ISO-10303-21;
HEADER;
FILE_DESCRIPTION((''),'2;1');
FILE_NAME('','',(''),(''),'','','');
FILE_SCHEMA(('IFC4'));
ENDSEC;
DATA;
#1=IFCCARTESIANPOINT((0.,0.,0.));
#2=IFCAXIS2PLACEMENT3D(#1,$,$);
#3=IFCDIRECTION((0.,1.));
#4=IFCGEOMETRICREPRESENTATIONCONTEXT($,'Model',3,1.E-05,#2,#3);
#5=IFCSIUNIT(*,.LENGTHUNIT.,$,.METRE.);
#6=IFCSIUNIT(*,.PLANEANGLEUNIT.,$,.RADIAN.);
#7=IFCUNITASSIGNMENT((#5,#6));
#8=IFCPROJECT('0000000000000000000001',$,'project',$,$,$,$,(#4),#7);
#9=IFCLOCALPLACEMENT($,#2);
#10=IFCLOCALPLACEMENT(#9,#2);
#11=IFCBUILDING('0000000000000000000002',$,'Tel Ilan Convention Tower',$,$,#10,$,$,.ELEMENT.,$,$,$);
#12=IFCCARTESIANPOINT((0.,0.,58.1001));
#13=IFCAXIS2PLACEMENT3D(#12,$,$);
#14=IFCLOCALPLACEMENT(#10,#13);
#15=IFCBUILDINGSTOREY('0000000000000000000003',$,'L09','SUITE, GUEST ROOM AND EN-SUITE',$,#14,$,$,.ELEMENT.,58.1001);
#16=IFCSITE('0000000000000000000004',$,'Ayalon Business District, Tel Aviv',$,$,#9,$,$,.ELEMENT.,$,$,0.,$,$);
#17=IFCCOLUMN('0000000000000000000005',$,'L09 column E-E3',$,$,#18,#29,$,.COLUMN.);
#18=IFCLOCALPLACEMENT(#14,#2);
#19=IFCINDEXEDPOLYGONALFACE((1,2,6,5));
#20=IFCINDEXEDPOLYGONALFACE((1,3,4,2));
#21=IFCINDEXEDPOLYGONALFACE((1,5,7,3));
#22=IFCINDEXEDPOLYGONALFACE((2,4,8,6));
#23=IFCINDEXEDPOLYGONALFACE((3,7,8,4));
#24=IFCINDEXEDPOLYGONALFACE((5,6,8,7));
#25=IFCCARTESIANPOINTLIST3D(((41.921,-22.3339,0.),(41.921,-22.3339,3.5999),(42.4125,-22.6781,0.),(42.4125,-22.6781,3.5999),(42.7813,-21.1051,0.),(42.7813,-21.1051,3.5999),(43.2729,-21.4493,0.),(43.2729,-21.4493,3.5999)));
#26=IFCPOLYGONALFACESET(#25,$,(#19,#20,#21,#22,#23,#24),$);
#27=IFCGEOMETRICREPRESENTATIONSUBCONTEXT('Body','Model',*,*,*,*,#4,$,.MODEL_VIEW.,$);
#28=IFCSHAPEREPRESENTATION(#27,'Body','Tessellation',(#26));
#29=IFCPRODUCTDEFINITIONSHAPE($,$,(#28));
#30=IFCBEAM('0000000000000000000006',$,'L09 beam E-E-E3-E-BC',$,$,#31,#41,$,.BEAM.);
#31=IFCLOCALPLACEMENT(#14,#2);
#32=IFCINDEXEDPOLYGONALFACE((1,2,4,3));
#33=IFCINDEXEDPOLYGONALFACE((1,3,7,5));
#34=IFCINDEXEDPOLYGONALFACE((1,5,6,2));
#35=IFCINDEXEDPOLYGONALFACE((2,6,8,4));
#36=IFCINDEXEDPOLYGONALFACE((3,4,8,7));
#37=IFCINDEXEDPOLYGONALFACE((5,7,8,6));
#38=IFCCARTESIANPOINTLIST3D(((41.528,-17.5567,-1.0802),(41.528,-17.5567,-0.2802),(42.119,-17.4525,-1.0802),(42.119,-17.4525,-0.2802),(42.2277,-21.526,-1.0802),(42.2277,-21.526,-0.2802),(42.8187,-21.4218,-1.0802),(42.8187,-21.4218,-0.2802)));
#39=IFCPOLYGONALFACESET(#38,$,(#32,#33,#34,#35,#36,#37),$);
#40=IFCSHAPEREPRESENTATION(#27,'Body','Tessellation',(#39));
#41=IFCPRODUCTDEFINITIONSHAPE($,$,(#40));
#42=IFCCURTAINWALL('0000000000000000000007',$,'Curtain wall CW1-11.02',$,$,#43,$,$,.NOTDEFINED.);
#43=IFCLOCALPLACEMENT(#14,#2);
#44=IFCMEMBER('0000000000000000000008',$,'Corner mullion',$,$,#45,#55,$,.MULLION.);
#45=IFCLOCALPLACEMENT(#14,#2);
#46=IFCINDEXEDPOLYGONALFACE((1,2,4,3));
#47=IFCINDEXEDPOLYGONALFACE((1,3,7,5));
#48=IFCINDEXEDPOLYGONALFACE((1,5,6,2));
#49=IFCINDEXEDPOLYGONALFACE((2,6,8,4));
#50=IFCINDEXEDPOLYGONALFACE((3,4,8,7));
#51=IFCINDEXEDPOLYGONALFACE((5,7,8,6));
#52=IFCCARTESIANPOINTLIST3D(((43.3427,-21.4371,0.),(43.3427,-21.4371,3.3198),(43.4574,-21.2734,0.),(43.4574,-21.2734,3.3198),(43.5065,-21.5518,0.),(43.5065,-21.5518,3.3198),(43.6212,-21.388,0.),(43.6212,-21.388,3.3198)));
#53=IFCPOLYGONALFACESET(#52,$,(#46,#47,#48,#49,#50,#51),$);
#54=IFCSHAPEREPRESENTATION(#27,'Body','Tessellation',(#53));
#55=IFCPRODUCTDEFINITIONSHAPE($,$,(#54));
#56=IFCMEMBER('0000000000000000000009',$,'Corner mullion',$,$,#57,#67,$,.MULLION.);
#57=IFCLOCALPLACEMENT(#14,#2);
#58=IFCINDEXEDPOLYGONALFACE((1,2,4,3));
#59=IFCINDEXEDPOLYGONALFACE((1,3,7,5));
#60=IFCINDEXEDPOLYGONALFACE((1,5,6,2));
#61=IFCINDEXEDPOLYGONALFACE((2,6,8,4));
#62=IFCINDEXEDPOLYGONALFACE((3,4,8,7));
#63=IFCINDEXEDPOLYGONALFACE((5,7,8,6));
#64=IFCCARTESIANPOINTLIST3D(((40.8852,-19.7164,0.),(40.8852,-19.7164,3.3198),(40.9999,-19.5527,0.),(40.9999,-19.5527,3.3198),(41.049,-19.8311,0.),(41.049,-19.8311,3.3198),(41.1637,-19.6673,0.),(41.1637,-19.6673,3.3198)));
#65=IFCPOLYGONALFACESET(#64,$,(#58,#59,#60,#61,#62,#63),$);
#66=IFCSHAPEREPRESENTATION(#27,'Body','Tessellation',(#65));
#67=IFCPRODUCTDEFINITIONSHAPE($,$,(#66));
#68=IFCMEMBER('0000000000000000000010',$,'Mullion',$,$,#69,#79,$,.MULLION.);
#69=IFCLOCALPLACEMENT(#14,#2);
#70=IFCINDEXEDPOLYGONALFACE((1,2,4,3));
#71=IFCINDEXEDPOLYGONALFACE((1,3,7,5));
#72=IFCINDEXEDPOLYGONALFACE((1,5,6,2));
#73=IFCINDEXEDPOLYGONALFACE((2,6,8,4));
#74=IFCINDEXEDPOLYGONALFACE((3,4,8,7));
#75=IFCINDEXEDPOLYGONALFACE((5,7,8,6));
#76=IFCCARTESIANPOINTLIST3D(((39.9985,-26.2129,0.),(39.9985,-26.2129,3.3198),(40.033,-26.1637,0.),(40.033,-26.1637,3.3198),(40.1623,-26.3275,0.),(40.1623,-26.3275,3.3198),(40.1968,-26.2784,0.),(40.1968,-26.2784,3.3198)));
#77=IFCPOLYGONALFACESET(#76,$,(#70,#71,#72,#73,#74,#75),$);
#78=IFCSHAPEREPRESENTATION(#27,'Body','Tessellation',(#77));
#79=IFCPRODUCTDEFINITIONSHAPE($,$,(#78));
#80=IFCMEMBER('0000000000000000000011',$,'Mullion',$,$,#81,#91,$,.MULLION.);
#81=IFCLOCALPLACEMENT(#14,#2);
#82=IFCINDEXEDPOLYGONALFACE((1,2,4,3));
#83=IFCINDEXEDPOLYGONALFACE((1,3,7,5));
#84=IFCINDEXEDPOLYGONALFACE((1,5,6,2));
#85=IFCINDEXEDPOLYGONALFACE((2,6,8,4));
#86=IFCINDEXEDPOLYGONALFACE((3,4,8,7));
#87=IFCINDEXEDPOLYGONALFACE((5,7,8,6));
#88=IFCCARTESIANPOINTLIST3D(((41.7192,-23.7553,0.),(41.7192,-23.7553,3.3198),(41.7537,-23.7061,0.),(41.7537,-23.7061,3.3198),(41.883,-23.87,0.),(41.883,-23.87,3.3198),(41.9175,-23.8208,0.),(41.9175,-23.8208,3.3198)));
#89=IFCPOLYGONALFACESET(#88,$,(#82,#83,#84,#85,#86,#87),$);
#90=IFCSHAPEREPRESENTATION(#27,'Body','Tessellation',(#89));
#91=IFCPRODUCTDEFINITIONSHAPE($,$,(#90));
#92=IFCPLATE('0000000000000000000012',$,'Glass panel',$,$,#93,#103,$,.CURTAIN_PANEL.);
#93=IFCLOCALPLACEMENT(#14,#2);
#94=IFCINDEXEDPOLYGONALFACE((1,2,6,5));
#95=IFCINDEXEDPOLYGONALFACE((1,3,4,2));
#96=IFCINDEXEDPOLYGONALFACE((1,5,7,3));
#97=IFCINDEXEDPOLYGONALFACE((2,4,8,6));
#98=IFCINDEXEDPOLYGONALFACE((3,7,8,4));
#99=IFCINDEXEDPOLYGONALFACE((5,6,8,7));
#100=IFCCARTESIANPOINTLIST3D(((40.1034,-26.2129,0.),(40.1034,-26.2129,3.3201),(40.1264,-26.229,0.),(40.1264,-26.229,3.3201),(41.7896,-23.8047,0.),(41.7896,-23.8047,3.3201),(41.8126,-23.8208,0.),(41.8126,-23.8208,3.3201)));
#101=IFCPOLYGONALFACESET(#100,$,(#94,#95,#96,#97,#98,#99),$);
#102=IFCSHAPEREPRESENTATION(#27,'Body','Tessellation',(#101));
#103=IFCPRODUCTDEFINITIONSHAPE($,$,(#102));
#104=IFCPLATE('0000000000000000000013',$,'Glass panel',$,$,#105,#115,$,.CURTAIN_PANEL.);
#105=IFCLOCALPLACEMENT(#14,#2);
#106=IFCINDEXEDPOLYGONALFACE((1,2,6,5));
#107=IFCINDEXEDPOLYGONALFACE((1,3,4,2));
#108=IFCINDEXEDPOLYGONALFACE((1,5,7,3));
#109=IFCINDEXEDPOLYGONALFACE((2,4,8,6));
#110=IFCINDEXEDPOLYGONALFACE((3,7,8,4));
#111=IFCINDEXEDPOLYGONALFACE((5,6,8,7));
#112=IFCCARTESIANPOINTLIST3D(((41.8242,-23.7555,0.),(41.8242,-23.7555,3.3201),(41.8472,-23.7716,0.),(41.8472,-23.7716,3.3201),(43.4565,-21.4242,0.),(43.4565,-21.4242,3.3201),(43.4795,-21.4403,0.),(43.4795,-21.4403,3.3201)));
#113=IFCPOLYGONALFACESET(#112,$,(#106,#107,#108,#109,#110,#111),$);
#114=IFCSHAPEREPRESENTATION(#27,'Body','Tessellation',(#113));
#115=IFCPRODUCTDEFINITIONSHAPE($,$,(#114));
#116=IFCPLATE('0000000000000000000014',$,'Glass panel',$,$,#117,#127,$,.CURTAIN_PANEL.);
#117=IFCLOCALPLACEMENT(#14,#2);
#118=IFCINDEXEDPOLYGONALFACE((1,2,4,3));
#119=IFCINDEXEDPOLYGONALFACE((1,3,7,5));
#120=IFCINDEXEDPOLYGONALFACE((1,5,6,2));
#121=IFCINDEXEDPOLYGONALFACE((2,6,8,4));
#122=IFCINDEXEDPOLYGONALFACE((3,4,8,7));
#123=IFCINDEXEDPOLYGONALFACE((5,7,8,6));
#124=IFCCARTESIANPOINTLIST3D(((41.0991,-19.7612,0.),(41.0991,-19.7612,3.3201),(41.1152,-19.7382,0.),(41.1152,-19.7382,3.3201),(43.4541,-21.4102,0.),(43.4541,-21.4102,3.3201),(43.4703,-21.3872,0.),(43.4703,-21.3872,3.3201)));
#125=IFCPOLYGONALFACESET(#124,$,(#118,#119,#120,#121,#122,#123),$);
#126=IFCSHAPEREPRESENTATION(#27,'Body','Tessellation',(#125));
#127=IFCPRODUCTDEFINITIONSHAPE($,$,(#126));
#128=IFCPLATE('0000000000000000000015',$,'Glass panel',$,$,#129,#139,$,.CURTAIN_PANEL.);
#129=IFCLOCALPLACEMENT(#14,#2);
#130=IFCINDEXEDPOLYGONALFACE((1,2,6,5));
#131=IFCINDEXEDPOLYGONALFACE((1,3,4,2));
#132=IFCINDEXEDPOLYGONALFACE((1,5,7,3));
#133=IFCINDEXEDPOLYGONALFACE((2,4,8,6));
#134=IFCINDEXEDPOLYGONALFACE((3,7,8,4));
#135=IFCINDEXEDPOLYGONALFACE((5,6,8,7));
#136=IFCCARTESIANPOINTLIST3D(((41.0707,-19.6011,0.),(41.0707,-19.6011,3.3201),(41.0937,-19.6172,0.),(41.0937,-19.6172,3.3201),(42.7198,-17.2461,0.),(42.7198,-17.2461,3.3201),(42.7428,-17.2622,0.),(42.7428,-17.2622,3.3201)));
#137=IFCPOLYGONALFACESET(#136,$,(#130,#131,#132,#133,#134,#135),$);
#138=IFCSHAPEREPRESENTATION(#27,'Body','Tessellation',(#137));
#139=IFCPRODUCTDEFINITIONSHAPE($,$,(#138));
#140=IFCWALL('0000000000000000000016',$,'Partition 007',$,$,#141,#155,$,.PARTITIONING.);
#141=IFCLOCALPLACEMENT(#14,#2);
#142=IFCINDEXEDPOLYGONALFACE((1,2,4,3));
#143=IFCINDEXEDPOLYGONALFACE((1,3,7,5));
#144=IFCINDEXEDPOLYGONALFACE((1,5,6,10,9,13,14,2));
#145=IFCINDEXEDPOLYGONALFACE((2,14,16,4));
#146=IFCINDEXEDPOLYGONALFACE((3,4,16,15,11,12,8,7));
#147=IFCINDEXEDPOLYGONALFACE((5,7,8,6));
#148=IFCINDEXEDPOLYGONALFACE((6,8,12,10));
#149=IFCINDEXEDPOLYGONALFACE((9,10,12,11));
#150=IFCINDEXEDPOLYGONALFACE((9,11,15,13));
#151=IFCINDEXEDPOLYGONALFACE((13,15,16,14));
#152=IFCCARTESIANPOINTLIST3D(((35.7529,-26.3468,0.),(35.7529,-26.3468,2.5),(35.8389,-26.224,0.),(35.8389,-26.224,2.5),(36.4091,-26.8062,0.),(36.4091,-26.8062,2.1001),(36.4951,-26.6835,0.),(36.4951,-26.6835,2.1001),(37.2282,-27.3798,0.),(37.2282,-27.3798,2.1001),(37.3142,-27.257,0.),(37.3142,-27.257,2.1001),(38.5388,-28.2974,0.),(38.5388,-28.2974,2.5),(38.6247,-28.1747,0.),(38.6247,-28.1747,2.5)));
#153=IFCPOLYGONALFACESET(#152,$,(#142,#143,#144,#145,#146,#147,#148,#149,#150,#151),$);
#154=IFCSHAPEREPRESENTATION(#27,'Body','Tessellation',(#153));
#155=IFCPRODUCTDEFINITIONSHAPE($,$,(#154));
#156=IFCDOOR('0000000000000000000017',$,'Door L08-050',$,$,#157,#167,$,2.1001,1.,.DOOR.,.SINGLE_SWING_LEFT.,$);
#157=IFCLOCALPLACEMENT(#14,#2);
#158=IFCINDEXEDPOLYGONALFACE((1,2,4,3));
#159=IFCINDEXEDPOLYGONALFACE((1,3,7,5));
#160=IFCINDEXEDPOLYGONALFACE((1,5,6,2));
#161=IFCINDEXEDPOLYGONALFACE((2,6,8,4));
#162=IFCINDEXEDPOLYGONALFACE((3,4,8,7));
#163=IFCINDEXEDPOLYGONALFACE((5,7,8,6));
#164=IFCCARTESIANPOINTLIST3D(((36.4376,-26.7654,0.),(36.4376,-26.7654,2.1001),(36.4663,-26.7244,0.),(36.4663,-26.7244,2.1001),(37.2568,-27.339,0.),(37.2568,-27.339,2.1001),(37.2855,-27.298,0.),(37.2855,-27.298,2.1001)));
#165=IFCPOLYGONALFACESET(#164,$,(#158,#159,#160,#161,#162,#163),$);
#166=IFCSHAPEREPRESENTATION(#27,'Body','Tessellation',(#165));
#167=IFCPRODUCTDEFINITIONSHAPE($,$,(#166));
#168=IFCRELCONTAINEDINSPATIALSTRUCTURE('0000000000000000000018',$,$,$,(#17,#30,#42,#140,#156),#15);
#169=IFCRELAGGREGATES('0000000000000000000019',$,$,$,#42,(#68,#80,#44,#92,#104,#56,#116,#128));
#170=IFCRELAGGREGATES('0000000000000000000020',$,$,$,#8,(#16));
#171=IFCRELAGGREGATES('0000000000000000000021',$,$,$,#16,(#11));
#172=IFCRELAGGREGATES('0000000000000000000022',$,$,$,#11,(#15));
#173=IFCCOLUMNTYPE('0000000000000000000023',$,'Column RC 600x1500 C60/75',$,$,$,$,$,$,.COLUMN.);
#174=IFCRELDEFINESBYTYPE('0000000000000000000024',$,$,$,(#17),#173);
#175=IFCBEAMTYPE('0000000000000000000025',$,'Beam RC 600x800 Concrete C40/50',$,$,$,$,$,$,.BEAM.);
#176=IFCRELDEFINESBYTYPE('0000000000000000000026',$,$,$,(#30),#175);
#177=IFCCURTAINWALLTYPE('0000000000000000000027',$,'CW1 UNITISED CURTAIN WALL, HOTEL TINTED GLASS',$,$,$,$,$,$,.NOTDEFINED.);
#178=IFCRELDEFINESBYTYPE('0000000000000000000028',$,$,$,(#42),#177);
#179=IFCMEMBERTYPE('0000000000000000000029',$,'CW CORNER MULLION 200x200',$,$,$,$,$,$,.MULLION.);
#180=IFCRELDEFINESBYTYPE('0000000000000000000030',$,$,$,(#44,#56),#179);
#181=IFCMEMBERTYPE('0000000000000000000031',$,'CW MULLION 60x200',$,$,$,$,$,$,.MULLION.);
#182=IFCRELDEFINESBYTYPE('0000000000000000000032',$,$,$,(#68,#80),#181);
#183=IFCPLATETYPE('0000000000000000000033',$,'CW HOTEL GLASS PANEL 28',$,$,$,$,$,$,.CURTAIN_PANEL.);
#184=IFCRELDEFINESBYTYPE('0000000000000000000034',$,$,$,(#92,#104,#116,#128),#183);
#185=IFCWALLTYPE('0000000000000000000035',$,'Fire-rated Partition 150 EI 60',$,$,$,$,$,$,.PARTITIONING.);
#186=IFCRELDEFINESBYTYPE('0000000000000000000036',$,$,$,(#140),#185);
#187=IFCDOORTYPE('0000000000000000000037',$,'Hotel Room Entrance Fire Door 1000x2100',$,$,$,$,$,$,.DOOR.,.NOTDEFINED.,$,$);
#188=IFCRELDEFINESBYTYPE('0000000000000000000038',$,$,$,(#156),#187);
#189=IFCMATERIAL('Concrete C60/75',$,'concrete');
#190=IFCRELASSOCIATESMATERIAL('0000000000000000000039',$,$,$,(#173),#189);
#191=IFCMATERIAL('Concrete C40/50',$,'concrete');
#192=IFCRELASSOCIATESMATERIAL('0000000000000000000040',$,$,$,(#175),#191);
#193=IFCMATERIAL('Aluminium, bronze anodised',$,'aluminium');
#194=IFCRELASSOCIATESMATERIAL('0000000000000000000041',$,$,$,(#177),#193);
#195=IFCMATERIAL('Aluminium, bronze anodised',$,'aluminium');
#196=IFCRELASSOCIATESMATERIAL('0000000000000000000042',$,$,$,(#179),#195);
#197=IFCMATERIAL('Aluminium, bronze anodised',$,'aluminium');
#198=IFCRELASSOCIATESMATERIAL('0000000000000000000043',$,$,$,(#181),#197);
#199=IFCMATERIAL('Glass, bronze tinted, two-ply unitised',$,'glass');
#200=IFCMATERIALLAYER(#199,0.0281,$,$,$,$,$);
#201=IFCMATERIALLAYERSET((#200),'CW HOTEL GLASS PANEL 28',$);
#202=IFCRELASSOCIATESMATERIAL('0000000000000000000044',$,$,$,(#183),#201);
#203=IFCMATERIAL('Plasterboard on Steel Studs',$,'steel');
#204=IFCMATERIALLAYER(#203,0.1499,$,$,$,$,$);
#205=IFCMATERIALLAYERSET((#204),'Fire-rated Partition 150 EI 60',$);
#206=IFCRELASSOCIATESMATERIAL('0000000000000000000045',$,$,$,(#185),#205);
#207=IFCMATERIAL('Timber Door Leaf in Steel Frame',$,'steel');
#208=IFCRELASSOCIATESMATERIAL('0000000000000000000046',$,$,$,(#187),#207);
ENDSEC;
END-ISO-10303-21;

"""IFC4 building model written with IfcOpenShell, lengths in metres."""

from ifc_helpers import new_model, si_unit, direction, frame, frame_2d, origin, origin_2d, place, context, subcontext, project, spatial, rectangle, extrude, material, layer, layer_set, material_profile, profile_set, type_object, element, fill, aggregate, save


model = new_model("IFC4")

# Units and contexts
model_context = context("Model", 3, precision=1e-05, world=origin(), true_north=direction((0.0, 1.0)))
body_context = subcontext(model_context, "Body", "Model", "MODEL_VIEW")
ifc_project = project(units=[si_unit("LENGTHUNIT", "METRE"), si_unit("PLANEANGLEUNIT", "RADIAN")], contexts=[model_context])

# Site, building, storey
site_placement = place(None, origin())
site = spatial("IfcSite", under=ifc_project, at=site_placement, Name="Ayalon Business District, Tel Aviv", CompositionType="ELEMENT", RefElevation=0.0)
building_placement = place(site_placement, origin())
building = spatial("IfcBuilding", under=site, at=building_placement, Name="Tel Ilan Convention Tower", CompositionType="ELEMENT")
storey_placement = place(building_placement, frame((0.0, 0.0, 58.1001)))
storey = spatial("IfcBuildingStorey", under=building, at=storey_placement, Name="L09", Description="SUITE, GUEST ROOM AND EN-SUITE", CompositionType="ELEMENT", Elevation=58.1001)

# Column
ifc_material_1 = material(Name="Concrete C60/75", Category="concrete")
ifc_material_profile_1 = material_profile(ifc_material_1, rectangle(XDim=1.5, YDim=0.6001, at=origin_2d()), Name="RC 600x1500")
ifc_profile_set_1 = profile_set([ifc_material_profile_1], Name="Concrete C60/75")
column_type = type_object("IfcColumnType", Name="Column RC 600x1500 C60/75", PredefinedType="COLUMN", material=ifc_profile_set_1)
column_placement = place(storey_placement, frame((42.5969, -21.8916, 0.0), z_axis=(0.0, 0.0, 1.0), x_axis=(0.573576, 0.819152, 0.0)))
element("IfcColumn", 1, at=column_placement, inside=storey, type_object=column_type, Name="L09 column E-E3", PredefinedType="COLUMN", context=body_context, shape_type="SweptSolid", body=[
    extrude(rectangle(XDim=1.5, YDim=0.6001, at=origin_2d()), origin(), (0.0, 0.0, 1.0), 3.5999),
])

# Beam
ifc_material_2 = material(Name="Concrete C40/50", Category="concrete")
ifc_material_profile_2 = material_profile(ifc_material_2, rectangle(XDim=0.6001, YDim=0.8, at=origin_2d()), Name="RC 600x800")
ifc_profile_set_2 = profile_set([ifc_material_profile_2], Name="Concrete C40/50")
beam_type = type_object("IfcBeamType", Name="Beam RC 600x800 Concrete C40/50", PredefinedType="BEAM", material=ifc_profile_set_2)
beam_placement = place(storey_placement, frame((42.5232, -21.4739, -0.6802), z_axis=(-0.173606, 0.984815, 0.0), x_axis=(-0.984815, -0.173606, 0.0)))
element("IfcBeam", 2, at=beam_placement, inside=storey, type_object=beam_type, Name="L09 beam E-E-E3-E-BC", PredefinedType="BEAM", context=body_context, shape_type="SweptSolid", body=[
    extrude(rectangle(XDim=0.6001, YDim=0.8, at=origin_2d()), origin(), (0.0, 0.0, 1.0), 4.0305),
])

# Curtain wall, members, plates
ifc_material_3 = material(Name="Aluminium, bronze anodised", Category="aluminium")
curtain_wall_type = type_object("IfcCurtainWallType", Name="CW1 UNITISED CURTAIN WALL, HOTEL TINTED GLASS", PredefinedType="NOTDEFINED", material=ifc_material_3)
curtain_wall_placement = place(storey_placement, origin())
curtain_wall = element("IfcCurtainWall", 3, at=curtain_wall_placement, inside=storey, type_object=curtain_wall_type, Name="Curtain wall CW1-11.02", PredefinedType="NOTDEFINED")
ifc_material_4 = material(Name="Aluminium, bronze anodised", Category="aluminium")
ifc_material_profile_3 = material_profile(ifc_material_4, rectangle(XDim=0.2, YDim=0.2, at=origin_2d()), Name="CW CORNER MULLION 200x200")
ifc_profile_set_3 = profile_set([ifc_material_profile_3], Name="Aluminium, bronze anodised")
member_type_1 = type_object("IfcMemberType", Name="CW CORNER MULLION 200x200", PredefinedType="MULLION", material=ifc_profile_set_3)
member_1_placement = place(storey_placement, frame((43.4819, -21.4126, 0.0), z_axis=(0.0, 0.0, 1.0), x_axis=(0.573576, 0.819152, 0.0)))
member_1 = element("IfcMember", 4, at=member_1_placement, type_object=member_type_1, Name="Corner mullion", PredefinedType="MULLION", context=body_context, shape_type="SweptSolid", body=[
    extrude(rectangle(XDim=0.2, YDim=0.2, at=origin_2d()), origin(), (0.0, 0.0, 1.0), 3.3198),
])
member_2_placement = place(storey_placement, frame((41.0244, -19.6919, 0.0), z_axis=(0.0, 0.0, 1.0), x_axis=(-0.819152, 0.573576, 0.0)))
member_2 = element("IfcMember", 5, at=member_2_placement, type_object=member_type_1, Name="Corner mullion", PredefinedType="MULLION", context=body_context, shape_type="SweptSolid", body=[
    extrude(rectangle(XDim=0.2, YDim=0.2, at=origin_2d()), origin(), (0.0, 0.0, 1.0), 3.3198),
])
ifc_material_5 = material(Name="Aluminium, bronze anodised", Category="aluminium")
ifc_material_profile_4 = material_profile(ifc_material_5, rectangle(XDim=0.0601, YDim=0.2, at=origin_2d()), Name="CW MULLION 60x200")
ifc_profile_set_4 = profile_set([ifc_material_profile_4], Name="Aluminium, bronze anodised")
member_type_2 = type_object("IfcMemberType", Name="CW MULLION 60x200", PredefinedType="MULLION", material=ifc_profile_set_4)
member_3_placement = place(storey_placement, frame((40.0977, -26.2456, 0.0), z_axis=(0.0, 0.0, 1.0), x_axis=(0.573576, 0.819152, 0.0)))
member_3 = element("IfcMember", 6, at=member_3_placement, type_object=member_type_2, Name="Mullion", PredefinedType="MULLION", context=body_context, shape_type="SweptSolid", body=[
    extrude(rectangle(XDim=0.0601, YDim=0.2, at=origin_2d()), origin(), (0.0, 0.0, 1.0), 3.3198),
])
member_4_placement = place(storey_placement, frame((41.8184, -23.7881, 0.0), z_axis=(0.0, 0.0, 1.0), x_axis=(0.573576, 0.819152, 0.0)))
member_4 = element("IfcMember", 7, at=member_4_placement, type_object=member_type_2, Name="Mullion", PredefinedType="MULLION", context=body_context, shape_type="SweptSolid", body=[
    extrude(rectangle(XDim=0.0601, YDim=0.2, at=origin_2d()), origin(), (0.0, 0.0, 1.0), 3.3198),
])
ifc_material_6 = material(Name="Glass, bronze tinted, two-ply unitised", Category="glass")
ifc_layer_1 = layer(ifc_material_6, 0.0281)
ifc_layer_set_1 = layer_set([ifc_layer_1], Name="CW HOTEL GLASS PANEL 28")
plate_type = type_object("IfcPlateType", Name="CW HOTEL GLASS PANEL 28", PredefinedType="CURTAIN_PANEL", material=ifc_layer_set_1)
plate_1_placement = place(storey_placement, frame((40.958, -25.0168, 0.0), z_axis=(0.0, 0.0, 1.0), x_axis=(0.573576, 0.819152, 0.0)))
plate_1 = element("IfcPlate", 8, at=plate_1_placement, type_object=plate_type, Name="Glass panel", PredefinedType="CURTAIN_PANEL", context=body_context, shape_type="SweptSolid", body=[
    extrude(rectangle(XDim=2.9399, YDim=0.0281, at=origin_2d()), origin(), (0.0, 0.0, 1.0), 3.3201),
])
plate_2_placement = place(storey_placement, frame((42.6519, -22.5979, 0.0), z_axis=(0.0, 0.0, 1.0), x_axis=(0.573576, 0.819152, 0.0)))
plate_2 = element("IfcPlate", 9, at=plate_2_placement, type_object=plate_type, Name="Glass panel", PredefinedType="CURTAIN_PANEL", context=body_context, shape_type="SweptSolid", body=[
    extrude(rectangle(XDim=2.8459, YDim=0.0281, at=origin_2d()), origin(), (0.0, 0.0, 1.0), 3.3201),
])
plate_3_placement = place(storey_placement, frame((42.2847, -20.5742, 0.0), z_axis=(0.0, 0.0, 1.0), x_axis=(-0.819152, 0.573576, 0.0)))
plate_3 = element("IfcPlate", 10, at=plate_3_placement, type_object=plate_type, Name="Glass panel", PredefinedType="CURTAIN_PANEL", context=body_context, shape_type="SweptSolid", body=[
    extrude(rectangle(XDim=2.875, YDim=0.0281, at=origin_2d()), origin(), (0.0, 0.0, 1.0), 3.3201),
])
plate_4_placement = place(storey_placement, frame((41.9067, -18.4316, 0.0), z_axis=(0.0, 0.0, 1.0), x_axis=(0.573576, 0.819152, 0.0)))
plate_4 = element("IfcPlate", 11, at=plate_4_placement, type_object=plate_type, Name="Glass panel", PredefinedType="CURTAIN_PANEL", context=body_context, shape_type="SweptSolid", body=[
    extrude(rectangle(XDim=2.875, YDim=0.0281, at=origin_2d()), origin(), (0.0, 0.0, 1.0), 3.3201),
])
aggregate(curtain_wall, [member_3, member_4, member_1, plate_1, plate_2, member_2, plate_3, plate_4])

# Wall, opening, door
ifc_material_7 = material(Name="Plasterboard on Steel Studs", Category="steel")
ifc_layer_2 = layer(ifc_material_7, 0.1499)
ifc_layer_set_2 = layer_set([ifc_layer_2], Name="Fire-rated Partition 150 EI 60")
wall_type_1 = type_object("IfcWallType", Name="Fire-rated Partition 150 EI 60", PredefinedType="PARTITIONING", material=ifc_layer_set_2)
wall_1_placement = place(storey_placement, frame((35.7959, -26.2854, 0.0), z_axis=(0.0, 0.0, 1.0), x_axis=(0.819154, -0.573573, 0.0)))
wall_1 = element("IfcWall", 12, at=wall_1_placement, inside=storey, type_object=wall_type_1, Name="Partition 007", PredefinedType="PARTITIONING", context=body_context, shape_type="SweptSolid", body=[
    extrude(rectangle(XDim=3.4009, YDim=0.1499, at=frame_2d((1.7004, 0.0))), origin(), (0.0, 0.0, 1.0), 2.5),
])
opening_1_placement = place(wall_1_placement, frame((0.801, 0.0, 0.0)))
opening_1 = element("IfcOpeningElement", 13, at=opening_1_placement, cuts=wall_1, PredefinedType="OPENING", context=body_context, shape_type="SweptSolid", body=[
    extrude(rectangle(XDim=1.0, YDim=2.1001, at=frame_2d((0.5, 1.05))), frame((0.0, 0.085, 0.0), z_axis=(0.0, -1.0, 0.0), x_axis=(1.0, 0.0, 0.0)), (0.0, 0.0, 1.0), 0.1699),
])
ifc_material_8 = material(Name="Timber Door Leaf in Steel Frame", Category="steel")
door_type_1 = type_object("IfcDoorType", Name="Hotel Room Entrance Fire Door 1000x2100", OperationType="NOTDEFINED", PredefinedType="DOOR", material=ifc_material_8)
door_1_placement = place(opening_1_placement, origin())
door_1 = element("IfcDoor", 14, at=door_1_placement, inside=storey, type_object=door_type_1, Name="Door L08-050", OperationType="SINGLE_SWING_LEFT", OverallHeight=2.1001, OverallWidth=1.0, PredefinedType="DOOR", context=body_context, shape_type="SweptSolid", body=[
    extrude(rectangle(XDim=1.0, YDim=2.1001, at=frame_2d((0.5, 1.05))), frame((0.0, 0.0249, 0.0), z_axis=(0.0, -1.0, 0.0), x_axis=(1.0, 0.0, 0.0)), (0.0, 0.0, 1.0), 0.05),
])
fill(opening_1, door_1)

save(model, "model.ifc")
